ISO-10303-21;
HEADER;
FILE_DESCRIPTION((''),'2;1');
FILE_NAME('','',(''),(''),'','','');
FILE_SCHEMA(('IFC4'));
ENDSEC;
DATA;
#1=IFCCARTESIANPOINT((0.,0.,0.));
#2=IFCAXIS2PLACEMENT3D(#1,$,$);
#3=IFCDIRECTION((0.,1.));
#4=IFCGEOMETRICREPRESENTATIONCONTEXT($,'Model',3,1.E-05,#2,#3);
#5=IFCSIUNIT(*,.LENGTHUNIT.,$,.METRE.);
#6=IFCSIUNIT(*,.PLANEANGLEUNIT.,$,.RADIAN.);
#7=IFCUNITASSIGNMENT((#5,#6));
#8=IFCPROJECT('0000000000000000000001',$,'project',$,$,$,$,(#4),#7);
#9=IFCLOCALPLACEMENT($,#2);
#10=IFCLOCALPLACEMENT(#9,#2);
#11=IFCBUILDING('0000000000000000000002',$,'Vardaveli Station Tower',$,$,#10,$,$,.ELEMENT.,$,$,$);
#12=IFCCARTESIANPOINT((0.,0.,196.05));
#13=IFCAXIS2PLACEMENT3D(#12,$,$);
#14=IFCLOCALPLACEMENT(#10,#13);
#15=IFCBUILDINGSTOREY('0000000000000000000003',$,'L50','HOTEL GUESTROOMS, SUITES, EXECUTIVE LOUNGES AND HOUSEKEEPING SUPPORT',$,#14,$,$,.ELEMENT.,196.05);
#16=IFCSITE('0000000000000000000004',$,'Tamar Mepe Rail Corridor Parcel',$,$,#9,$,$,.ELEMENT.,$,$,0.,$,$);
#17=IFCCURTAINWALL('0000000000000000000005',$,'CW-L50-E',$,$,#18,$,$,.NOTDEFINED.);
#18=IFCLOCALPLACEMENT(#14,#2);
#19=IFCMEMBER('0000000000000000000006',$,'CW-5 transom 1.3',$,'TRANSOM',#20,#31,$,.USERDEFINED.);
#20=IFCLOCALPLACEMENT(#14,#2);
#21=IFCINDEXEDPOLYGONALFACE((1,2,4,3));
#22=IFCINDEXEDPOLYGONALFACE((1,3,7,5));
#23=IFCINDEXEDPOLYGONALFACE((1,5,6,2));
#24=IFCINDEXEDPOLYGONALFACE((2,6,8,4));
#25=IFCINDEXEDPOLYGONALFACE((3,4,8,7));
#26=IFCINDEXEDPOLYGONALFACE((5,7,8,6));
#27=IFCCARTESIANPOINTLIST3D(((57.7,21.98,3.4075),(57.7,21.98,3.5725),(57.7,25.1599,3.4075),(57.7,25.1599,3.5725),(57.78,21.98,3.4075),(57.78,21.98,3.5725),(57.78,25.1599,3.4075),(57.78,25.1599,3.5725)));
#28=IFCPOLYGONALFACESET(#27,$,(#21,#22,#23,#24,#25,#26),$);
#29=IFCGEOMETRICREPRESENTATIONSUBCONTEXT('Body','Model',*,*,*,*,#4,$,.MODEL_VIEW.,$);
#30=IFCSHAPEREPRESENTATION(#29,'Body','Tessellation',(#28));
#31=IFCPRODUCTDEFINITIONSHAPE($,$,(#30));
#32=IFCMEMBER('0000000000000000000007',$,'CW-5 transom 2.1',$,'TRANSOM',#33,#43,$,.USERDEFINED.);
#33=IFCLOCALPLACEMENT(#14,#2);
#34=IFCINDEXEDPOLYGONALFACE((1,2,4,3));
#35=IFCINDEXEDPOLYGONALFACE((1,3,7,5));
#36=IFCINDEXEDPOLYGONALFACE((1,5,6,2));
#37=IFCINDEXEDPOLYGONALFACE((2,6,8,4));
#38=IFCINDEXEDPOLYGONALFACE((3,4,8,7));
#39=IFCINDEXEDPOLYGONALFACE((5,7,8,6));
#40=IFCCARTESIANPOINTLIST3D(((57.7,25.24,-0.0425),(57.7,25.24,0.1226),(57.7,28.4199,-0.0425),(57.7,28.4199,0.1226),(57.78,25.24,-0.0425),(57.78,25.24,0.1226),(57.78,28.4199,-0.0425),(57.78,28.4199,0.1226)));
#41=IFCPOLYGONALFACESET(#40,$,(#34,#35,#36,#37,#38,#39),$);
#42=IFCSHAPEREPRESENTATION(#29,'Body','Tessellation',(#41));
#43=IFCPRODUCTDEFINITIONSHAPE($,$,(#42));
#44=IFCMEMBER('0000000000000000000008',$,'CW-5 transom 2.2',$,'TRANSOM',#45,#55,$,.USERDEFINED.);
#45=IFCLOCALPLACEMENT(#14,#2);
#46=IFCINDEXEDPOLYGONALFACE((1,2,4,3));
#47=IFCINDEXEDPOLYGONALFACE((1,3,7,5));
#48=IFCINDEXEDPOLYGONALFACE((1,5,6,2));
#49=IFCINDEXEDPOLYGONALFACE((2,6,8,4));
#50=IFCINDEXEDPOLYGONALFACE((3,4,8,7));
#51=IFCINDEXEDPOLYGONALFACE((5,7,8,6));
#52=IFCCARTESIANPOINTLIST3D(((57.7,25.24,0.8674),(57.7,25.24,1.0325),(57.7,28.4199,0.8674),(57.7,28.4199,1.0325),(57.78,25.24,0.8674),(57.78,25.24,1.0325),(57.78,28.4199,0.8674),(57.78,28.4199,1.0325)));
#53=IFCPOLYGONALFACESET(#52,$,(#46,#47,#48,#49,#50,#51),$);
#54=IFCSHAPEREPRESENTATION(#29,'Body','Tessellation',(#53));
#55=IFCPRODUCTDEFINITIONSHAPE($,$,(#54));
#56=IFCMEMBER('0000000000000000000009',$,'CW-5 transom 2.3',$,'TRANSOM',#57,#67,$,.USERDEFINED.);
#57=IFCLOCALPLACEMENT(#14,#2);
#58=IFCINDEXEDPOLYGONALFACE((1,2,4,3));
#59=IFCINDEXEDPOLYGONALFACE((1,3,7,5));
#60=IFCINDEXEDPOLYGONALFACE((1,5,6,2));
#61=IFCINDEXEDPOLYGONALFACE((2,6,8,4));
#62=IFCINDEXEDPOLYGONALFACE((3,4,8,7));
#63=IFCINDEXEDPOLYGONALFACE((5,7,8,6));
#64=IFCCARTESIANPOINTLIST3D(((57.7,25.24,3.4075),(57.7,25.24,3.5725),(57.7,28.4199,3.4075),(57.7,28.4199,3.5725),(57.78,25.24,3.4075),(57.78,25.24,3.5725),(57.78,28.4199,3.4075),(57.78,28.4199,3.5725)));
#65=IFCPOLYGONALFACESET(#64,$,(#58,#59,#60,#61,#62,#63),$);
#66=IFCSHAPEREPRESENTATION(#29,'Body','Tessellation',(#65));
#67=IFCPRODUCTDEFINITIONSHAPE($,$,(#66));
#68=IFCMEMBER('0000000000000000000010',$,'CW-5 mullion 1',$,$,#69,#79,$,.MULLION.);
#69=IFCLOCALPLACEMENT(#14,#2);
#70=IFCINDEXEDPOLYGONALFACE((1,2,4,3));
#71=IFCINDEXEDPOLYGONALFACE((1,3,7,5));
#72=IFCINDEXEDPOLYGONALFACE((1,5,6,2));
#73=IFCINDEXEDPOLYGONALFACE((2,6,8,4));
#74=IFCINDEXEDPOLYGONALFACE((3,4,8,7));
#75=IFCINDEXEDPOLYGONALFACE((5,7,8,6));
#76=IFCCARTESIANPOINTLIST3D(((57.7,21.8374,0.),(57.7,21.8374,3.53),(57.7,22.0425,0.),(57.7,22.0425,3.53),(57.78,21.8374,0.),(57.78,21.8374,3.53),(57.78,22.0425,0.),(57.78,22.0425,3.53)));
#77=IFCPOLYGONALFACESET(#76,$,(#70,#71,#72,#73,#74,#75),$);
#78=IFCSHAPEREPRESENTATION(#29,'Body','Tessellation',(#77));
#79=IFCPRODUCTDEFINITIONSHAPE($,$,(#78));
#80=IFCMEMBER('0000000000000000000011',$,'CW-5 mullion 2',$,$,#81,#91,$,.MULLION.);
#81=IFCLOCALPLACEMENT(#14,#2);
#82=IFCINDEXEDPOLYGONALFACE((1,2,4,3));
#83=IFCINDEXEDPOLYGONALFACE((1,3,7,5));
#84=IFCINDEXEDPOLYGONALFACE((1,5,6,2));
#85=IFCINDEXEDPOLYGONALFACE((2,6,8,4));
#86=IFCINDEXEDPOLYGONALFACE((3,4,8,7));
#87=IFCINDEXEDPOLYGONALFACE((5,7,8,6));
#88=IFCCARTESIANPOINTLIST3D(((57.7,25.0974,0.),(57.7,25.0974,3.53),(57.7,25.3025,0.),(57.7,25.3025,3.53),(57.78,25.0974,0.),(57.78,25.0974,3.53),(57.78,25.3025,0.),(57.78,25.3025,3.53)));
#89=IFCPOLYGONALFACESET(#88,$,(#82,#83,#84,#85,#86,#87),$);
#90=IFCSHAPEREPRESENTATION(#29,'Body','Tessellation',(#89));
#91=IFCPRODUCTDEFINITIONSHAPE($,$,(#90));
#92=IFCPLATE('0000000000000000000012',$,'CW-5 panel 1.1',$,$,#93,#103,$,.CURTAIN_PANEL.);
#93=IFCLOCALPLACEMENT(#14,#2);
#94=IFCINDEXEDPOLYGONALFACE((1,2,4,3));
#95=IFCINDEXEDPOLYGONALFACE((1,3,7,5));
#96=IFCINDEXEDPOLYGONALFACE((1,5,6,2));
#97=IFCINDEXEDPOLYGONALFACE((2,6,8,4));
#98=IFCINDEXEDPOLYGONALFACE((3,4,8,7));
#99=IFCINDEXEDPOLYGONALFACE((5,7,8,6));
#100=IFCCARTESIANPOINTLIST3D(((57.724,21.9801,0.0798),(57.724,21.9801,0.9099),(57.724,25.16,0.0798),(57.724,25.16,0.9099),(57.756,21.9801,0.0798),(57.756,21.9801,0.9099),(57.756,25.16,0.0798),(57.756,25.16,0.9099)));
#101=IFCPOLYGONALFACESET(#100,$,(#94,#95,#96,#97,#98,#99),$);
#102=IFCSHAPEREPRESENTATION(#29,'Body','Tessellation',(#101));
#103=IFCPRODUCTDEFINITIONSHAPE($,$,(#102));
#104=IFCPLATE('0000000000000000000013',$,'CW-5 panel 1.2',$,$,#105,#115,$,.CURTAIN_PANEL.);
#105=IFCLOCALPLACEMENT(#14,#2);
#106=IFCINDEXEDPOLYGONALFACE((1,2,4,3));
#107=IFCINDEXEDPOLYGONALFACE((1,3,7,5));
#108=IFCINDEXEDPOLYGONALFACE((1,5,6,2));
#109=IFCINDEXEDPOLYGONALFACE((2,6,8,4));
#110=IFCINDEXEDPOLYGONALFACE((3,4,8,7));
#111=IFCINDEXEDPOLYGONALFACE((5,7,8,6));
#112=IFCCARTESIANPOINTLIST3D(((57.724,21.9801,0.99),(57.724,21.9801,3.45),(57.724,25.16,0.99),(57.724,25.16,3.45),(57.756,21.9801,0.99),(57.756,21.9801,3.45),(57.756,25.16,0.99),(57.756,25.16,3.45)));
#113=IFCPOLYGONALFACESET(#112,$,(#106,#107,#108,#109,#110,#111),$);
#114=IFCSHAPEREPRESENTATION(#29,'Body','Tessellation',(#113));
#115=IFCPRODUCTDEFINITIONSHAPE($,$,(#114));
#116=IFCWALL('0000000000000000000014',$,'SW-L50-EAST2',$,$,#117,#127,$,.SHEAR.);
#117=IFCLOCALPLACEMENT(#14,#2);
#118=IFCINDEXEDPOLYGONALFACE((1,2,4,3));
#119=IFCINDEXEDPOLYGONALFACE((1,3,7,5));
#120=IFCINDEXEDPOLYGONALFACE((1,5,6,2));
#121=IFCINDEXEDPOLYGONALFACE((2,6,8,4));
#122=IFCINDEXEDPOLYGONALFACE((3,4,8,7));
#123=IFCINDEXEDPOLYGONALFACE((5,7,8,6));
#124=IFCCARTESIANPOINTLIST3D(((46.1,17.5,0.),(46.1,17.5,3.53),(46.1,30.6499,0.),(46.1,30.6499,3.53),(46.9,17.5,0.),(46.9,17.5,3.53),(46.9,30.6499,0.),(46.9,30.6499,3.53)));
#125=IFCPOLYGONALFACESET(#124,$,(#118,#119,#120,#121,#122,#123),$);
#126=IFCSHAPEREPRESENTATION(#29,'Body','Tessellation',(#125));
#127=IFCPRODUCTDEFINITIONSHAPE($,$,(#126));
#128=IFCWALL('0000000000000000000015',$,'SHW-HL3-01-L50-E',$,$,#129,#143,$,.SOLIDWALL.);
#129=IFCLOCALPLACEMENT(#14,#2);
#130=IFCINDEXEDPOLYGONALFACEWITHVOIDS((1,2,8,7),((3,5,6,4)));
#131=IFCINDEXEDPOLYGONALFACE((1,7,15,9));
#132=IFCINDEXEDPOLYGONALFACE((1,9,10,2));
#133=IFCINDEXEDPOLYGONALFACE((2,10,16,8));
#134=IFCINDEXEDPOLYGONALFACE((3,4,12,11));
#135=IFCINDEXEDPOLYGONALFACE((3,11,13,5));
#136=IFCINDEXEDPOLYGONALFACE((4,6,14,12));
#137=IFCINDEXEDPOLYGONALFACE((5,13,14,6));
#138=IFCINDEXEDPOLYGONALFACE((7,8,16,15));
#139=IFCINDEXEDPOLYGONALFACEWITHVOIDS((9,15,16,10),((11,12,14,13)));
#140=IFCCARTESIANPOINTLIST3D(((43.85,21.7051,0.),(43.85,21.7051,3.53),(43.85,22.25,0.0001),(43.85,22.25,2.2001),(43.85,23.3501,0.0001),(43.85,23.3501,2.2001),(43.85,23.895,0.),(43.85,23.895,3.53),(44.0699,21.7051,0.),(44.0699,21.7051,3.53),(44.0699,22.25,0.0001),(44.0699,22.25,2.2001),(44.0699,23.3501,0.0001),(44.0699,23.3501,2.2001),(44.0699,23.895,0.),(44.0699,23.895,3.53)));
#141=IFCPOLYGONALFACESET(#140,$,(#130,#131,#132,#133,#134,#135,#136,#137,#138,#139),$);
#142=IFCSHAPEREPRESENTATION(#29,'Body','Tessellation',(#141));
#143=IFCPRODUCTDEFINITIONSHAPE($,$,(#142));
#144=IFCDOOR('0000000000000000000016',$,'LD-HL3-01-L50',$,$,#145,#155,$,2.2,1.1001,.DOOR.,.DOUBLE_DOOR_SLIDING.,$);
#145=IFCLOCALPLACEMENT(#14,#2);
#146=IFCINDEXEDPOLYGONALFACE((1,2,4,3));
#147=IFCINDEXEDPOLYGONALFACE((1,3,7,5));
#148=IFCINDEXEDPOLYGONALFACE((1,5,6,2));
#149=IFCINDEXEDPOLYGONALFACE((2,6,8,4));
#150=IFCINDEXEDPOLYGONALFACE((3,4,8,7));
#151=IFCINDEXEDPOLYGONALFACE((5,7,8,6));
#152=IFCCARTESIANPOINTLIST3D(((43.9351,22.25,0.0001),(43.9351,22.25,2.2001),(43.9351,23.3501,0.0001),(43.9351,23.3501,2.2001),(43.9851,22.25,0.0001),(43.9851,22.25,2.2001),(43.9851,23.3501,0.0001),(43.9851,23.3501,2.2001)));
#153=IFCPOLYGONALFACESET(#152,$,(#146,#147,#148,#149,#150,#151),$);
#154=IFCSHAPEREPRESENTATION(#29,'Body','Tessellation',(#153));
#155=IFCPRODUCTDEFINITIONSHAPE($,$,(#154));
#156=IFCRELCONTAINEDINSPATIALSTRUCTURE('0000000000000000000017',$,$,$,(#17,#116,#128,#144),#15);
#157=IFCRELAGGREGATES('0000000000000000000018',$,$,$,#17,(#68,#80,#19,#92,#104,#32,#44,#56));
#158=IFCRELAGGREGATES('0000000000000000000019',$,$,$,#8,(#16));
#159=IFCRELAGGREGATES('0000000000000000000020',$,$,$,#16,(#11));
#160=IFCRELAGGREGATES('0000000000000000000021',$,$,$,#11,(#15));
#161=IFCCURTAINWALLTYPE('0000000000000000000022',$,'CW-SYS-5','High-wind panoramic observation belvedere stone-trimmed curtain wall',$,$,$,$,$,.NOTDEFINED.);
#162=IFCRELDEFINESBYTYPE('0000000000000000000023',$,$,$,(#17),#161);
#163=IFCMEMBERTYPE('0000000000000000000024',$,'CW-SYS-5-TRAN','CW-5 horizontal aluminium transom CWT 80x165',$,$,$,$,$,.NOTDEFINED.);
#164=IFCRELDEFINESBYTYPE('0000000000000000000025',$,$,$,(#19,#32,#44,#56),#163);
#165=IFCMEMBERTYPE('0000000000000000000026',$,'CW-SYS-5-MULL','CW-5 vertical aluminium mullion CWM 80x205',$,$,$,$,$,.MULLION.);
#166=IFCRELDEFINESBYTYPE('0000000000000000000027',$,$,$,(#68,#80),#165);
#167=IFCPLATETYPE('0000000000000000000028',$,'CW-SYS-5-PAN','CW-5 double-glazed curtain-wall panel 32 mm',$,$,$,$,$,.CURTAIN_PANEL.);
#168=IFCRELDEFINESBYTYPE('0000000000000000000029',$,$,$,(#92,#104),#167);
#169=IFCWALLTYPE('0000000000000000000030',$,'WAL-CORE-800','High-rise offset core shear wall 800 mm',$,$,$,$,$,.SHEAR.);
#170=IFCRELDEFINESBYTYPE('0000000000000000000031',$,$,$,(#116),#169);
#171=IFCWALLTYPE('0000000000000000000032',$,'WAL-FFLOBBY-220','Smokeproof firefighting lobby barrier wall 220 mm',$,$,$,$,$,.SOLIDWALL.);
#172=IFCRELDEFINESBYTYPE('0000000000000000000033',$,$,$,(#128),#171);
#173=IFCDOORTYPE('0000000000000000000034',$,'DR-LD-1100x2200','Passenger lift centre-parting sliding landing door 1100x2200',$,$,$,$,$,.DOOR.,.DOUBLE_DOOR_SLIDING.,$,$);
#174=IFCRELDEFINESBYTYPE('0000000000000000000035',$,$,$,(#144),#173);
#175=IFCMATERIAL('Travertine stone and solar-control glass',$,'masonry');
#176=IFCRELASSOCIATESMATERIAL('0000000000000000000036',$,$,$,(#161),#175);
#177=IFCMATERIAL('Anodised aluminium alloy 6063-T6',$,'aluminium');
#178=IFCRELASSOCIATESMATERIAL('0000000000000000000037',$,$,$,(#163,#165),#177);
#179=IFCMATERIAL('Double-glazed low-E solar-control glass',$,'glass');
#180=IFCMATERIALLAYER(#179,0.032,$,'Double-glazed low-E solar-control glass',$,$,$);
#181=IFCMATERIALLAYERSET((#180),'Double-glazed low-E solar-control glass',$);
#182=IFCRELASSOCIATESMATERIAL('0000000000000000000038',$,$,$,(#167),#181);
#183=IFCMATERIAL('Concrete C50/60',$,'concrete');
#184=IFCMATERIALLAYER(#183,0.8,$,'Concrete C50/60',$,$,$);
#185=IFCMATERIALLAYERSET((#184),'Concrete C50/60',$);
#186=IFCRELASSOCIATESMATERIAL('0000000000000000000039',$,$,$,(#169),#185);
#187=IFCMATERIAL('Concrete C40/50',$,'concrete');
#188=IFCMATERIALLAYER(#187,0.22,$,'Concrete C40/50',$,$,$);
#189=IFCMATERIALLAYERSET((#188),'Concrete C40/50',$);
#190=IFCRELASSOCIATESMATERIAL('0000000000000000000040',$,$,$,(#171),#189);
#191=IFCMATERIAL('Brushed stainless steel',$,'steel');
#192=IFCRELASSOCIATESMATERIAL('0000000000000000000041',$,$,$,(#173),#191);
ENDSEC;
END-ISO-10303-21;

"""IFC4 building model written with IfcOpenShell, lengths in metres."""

from ifc_helpers import new_model, si_unit, direction, frame, frame_2d, origin, origin_2d, place, context, subcontext, project, spatial, rectangle, extrude, source, transform, mapped, material, layer, layer_set, material_profile, profile_set, type_object, element, fill, aggregate, save


model = new_model("IFC4")

# Units and contexts
model_context = context("Model", 3, precision=1e-05, world=origin(), true_north=direction((0.0, 1.0)))
body_context = subcontext(model_context, "Body", "Model", "MODEL_VIEW")
ifc_project = project(units=[si_unit("LENGTHUNIT", "METRE"), si_unit("PLANEANGLEUNIT", "RADIAN")], contexts=[model_context])

# Site, building, storey
site_placement = place(None, origin())
site = spatial("IfcSite", under=ifc_project, at=site_placement, Name="Tamar Mepe Rail Corridor Parcel", CompositionType="ELEMENT", RefElevation=0.0)
building_placement = place(site_placement, origin())
building = spatial("IfcBuilding", under=site, at=building_placement, Name="Vardaveli Station Tower", CompositionType="ELEMENT")
storey_placement = place(building_placement, frame((0.0, 0.0, 196.05)))
storey = spatial("IfcBuildingStorey", under=building, at=storey_placement, Name="L50", Description="HOTEL GUESTROOMS, SUITES, EXECUTIVE LOUNGES AND HOUSEKEEPING SUPPORT", CompositionType="ELEMENT", Elevation=196.05)

# Curtain wall, members, plates
ifc_material_1 = material(Name="Travertine stone and solar-control glass", Category="masonry")
curtain_wall_type = type_object("IfcCurtainWallType", Name="CW-SYS-5", Description="High-wind panoramic observation belvedere stone-trimmed curtain wall", PredefinedType="NOTDEFINED", material=ifc_material_1)
curtain_wall_placement = place(storey_placement, origin())
curtain_wall = element("IfcCurtainWall", 1, at=curtain_wall_placement, inside=storey, type_object=curtain_wall_type, Name="CW-L50-E", PredefinedType="NOTDEFINED")
ifc_material_2 = material(Name="Anodised aluminium alloy 6063-T6", Category="aluminium")
ifc_material_profile_1 = material_profile(ifc_material_2, rectangle(XDim=0.0801, YDim=0.165, at=origin_2d()), Name="CWT 80x165")
ifc_profile_set_1 = profile_set([ifc_material_profile_1], Name="Anodised aluminium alloy 6063-T6")
member_type_1 = type_object("IfcMemberType", Name="CW-SYS-5-TRAN", Description="CW-5 horizontal aluminium transom CWT 80x165", PredefinedType="NOTDEFINED", material=ifc_profile_set_1)
shared_shape_1 = source(origin(), body_context, "Body", "SweptSolid", [
    extrude(rectangle(XDim=0.0801, YDim=0.165, at=origin_2d()), origin(), (0.0, 0.0, 1.0), 3.1799),
])
member_1_placement = place(storey_placement, frame((57.74, 21.98, 3.49), z_axis=(0.0, 1.0, 0.0), x_axis=(-1.0, 0.0, 0.0)))
member_1 = element("IfcMember", 2, at=member_1_placement, type_object=member_type_1, Name="CW-5 transom 1.3", ObjectType="TRANSOM", PredefinedType="USERDEFINED", context=body_context, shape_type="MappedRepresentation", body=[
    mapped(shared_shape_1, transform((0.0, 0.0, 0.0), scale=1.0)),
])
member_2_placement = place(storey_placement, frame((57.74, 25.24, 0.04), z_axis=(0.0, 1.0, 0.0), x_axis=(-1.0, 0.0, 0.0)))
member_2 = element("IfcMember", 3, at=member_2_placement, type_object=member_type_1, Name="CW-5 transom 2.1", ObjectType="TRANSOM", PredefinedType="USERDEFINED", context=body_context, shape_type="MappedRepresentation", body=[
    mapped(shared_shape_1, transform((0.0, 0.0, 0.0), scale=1.0)),
])
member_3_placement = place(storey_placement, frame((57.74, 25.24, 0.95), z_axis=(0.0, 1.0, 0.0), x_axis=(-1.0, 0.0, 0.0)))
member_3 = element("IfcMember", 4, at=member_3_placement, type_object=member_type_1, Name="CW-5 transom 2.2", ObjectType="TRANSOM", PredefinedType="USERDEFINED", context=body_context, shape_type="MappedRepresentation", body=[
    mapped(shared_shape_1, transform((0.0, 0.0, 0.0), scale=1.0)),
])
member_4_placement = place(storey_placement, frame((57.74, 25.24, 3.49), z_axis=(0.0, 1.0, 0.0), x_axis=(-1.0, 0.0, 0.0)))
member_4 = element("IfcMember", 5, at=member_4_placement, type_object=member_type_1, Name="CW-5 transom 2.3", ObjectType="TRANSOM", PredefinedType="USERDEFINED", context=body_context, shape_type="MappedRepresentation", body=[
    mapped(shared_shape_1, transform((0.0, 0.0, 0.0), scale=1.0)),
])
ifc_material_profile_2 = material_profile(ifc_material_2, rectangle(XDim=0.0801, YDim=0.2051, at=origin_2d()), Name="CWM 80x205")
ifc_profile_set_2 = profile_set([ifc_material_profile_2], Name="Anodised aluminium alloy 6063-T6")
member_type_2 = type_object("IfcMemberType", Name="CW-SYS-5-MULL", Description="CW-5 vertical aluminium mullion CWM 80x205", PredefinedType="MULLION", material=ifc_profile_set_2)
shared_shape_2 = source(origin(), body_context, "Body", "SweptSolid", [
    extrude(rectangle(XDim=0.0801, YDim=0.2051, at=origin_2d()), origin(), (0.0, 0.0, 1.0), 3.53),
])
member_5_placement = place(storey_placement, frame((57.74, 21.9399, 0.0), z_axis=(0.0, 0.0, 1.0), x_axis=(-1.0, 0.0, 0.0)))
member_5 = element("IfcMember", 6, at=member_5_placement, type_object=member_type_2, Name="CW-5 mullion 1", PredefinedType="MULLION", context=body_context, shape_type="MappedRepresentation", body=[
    mapped(shared_shape_2, transform((0.0, 0.0, 0.0), scale=1.0)),
])
member_6_placement = place(storey_placement, frame((57.74, 25.2, 0.0), z_axis=(0.0, 0.0, 1.0), x_axis=(-1.0, 0.0, 0.0)))
member_6 = element("IfcMember", 7, at=member_6_placement, type_object=member_type_2, Name="CW-5 mullion 2", PredefinedType="MULLION", context=body_context, shape_type="MappedRepresentation", body=[
    mapped(shared_shape_2, transform((0.0, 0.0, 0.0), scale=1.0)),
])
ifc_material_3 = material(Name="Double-glazed low-E solar-control glass", Category="glass")
ifc_layer_1 = layer(ifc_material_3, 0.032, Name="Double-glazed low-E solar-control glass")
ifc_layer_set_1 = layer_set([ifc_layer_1], Name="Double-glazed low-E solar-control glass")
plate_type = type_object("IfcPlateType", Name="CW-SYS-5-PAN", Description="CW-5 double-glazed curtain-wall panel 32 mm", PredefinedType="CURTAIN_PANEL", material=ifc_layer_set_1)
shared_shape_3 = source(origin(), body_context, "Body", "SweptSolid", [
    extrude(rectangle(XDim=3.1799, YDim=0.032, at=origin_2d()), origin(), (0.0, 0.0, 1.0), 0.8301),
])
plate_1_placement = place(storey_placement, frame((57.74, 23.5701, 0.0798), z_axis=(0.0, 0.0, 1.0), x_axis=(0.0, 1.0, 0.0)))
plate_1 = element("IfcPlate", 8, at=plate_1_placement, type_object=plate_type, Name="CW-5 panel 1.1", PredefinedType="CURTAIN_PANEL", context=body_context, shape_type="MappedRepresentation", body=[
    mapped(shared_shape_3, transform((0.0, 0.0, 0.0), scale=1.0)),
])
shared_shape_4 = source(origin(), body_context, "Body", "SweptSolid", [
    extrude(rectangle(XDim=3.1799, YDim=0.032, at=origin_2d()), origin(), (0.0, 0.0, 1.0), 2.46),
])
plate_2_placement = place(storey_placement, frame((57.74, 23.5701, 0.99), z_axis=(0.0, 0.0, 1.0), x_axis=(0.0, 1.0, 0.0)))
plate_2 = element("IfcPlate", 9, at=plate_2_placement, type_object=plate_type, Name="CW-5 panel 1.2", PredefinedType="CURTAIN_PANEL", context=body_context, shape_type="MappedRepresentation", body=[
    mapped(shared_shape_4, transform((0.0, 0.0, 0.0), scale=1.0)),
])
aggregate(curtain_wall, [member_5, member_6, member_1, plate_1, plate_2, member_2, member_3, member_4])

# Wall
ifc_material_4 = material(Name="Concrete C50/60", Category="concrete")
ifc_layer_2 = layer(ifc_material_4, 0.8, Name="Concrete C50/60")
ifc_layer_set_2 = layer_set([ifc_layer_2], Name="Concrete C50/60")
wall_type_1 = type_object("IfcWallType", Name="WAL-CORE-800", Description="High-rise offset core shear wall 800 mm", PredefinedType="SHEAR", material=ifc_layer_set_2)
shared_shape_5 = source(origin(), body_context, "Body", "SweptSolid", [
    extrude(rectangle(XDim=13.1499, YDim=0.8, at=frame_2d((6.575, 0.0))), origin(), (0.0, 0.0, 1.0), 3.53),
])
wall_1_placement = place(storey_placement, frame((46.5, 17.5, 0.0), z_axis=(0.0, 0.0, 1.0), x_axis=(0.0, 1.0, 0.0)))
element("IfcWall", 10, at=wall_1_placement, inside=storey, type_object=wall_type_1, Name="SW-L50-EAST2", PredefinedType="SHEAR", context=body_context, shape_type="MappedRepresentation", body=[
    mapped(shared_shape_5, transform((0.0, 0.0, 0.0), scale=1.0)),
])

# Wall, opening, door
ifc_material_5 = material(Name="Concrete C40/50", Category="concrete")
ifc_layer_3 = layer(ifc_material_5, 0.22, Name="Concrete C40/50")
ifc_layer_set_3 = layer_set([ifc_layer_3], Name="Concrete C40/50")
wall_type_2 = type_object("IfcWallType", Name="WAL-FFLOBBY-220", Description="Smokeproof firefighting lobby barrier wall 220 mm", PredefinedType="SOLIDWALL", material=ifc_layer_set_3)
shared_shape_6 = source(origin(), body_context, "Body", "SweptSolid", [
    extrude(rectangle(XDim=2.1899, YDim=0.22, at=frame_2d((1.095, 0.0))), origin(), (0.0, 0.0, 1.0), 3.53),
])
wall_2_placement = place(storey_placement, frame((43.96, 21.7051, 0.0), z_axis=(0.0, 0.0, 1.0), x_axis=(0.0, 1.0, 0.0)))
wall_2 = element("IfcWall", 11, at=wall_2_placement, inside=storey, type_object=wall_type_2, Name="SHW-HL3-01-L50-E", PredefinedType="SOLIDWALL", context=body_context, shape_type="MappedRepresentation", body=[
    mapped(shared_shape_6, transform((0.0, 0.0, 0.0), scale=1.0)),
])
shared_shape_7 = source(origin(), body_context, "Body", "SweptSolid", [
    extrude(rectangle(XDim=1.1001, YDim=2.2, at=frame_2d((0.55, 1.1001))), frame((0.0, 0.1201, 0.0), z_axis=(0.0, -1.0, 0.0), x_axis=(1.0, 0.0, 0.0)), (0.0, 0.0, 1.0), 0.24),
])
opening_1_placement = place(wall_2_placement, frame((0.5449, 0.0, 0.0)))
opening_1 = element("IfcOpeningElement", 12, at=opening_1_placement, cuts=wall_2, PredefinedType="OPENING", context=body_context, shape_type="MappedRepresentation", body=[
    mapped(shared_shape_7, transform((0.0, 0.0, 0.0), scale=1.0)),
])
ifc_material_6 = material(Name="Brushed stainless steel", Category="steel")
door_type_1 = type_object("IfcDoorType", Name="DR-LD-1100x2200", Description="Passenger lift centre-parting sliding landing door 1100x2200", OperationType="DOUBLE_DOOR_SLIDING", PredefinedType="DOOR", material=ifc_material_6)
shared_shape_8 = source(origin(), body_context, "Body", "SweptSolid", [
    extrude(rectangle(XDim=1.1001, YDim=2.2, at=frame_2d((0.55, 1.1001))), frame((0.0, 0.0249, 0.0), z_axis=(0.0, -1.0, 0.0), x_axis=(1.0, 0.0, 0.0)), (0.0, 0.0, 1.0), 0.05),
])
door_1_placement = place(opening_1_placement, origin())
door_1 = element("IfcDoor", 13, at=door_1_placement, inside=storey, type_object=door_type_1, Name="LD-HL3-01-L50", OperationType="DOUBLE_DOOR_SLIDING", OverallHeight=2.2, OverallWidth=1.1001, PredefinedType="DOOR", context=body_context, shape_type="MappedRepresentation", body=[
    mapped(shared_shape_8, transform((0.0, 0.0, 0.0), scale=1.0)),
])
fill(opening_1, door_1)

save(model, "model.ifc")
